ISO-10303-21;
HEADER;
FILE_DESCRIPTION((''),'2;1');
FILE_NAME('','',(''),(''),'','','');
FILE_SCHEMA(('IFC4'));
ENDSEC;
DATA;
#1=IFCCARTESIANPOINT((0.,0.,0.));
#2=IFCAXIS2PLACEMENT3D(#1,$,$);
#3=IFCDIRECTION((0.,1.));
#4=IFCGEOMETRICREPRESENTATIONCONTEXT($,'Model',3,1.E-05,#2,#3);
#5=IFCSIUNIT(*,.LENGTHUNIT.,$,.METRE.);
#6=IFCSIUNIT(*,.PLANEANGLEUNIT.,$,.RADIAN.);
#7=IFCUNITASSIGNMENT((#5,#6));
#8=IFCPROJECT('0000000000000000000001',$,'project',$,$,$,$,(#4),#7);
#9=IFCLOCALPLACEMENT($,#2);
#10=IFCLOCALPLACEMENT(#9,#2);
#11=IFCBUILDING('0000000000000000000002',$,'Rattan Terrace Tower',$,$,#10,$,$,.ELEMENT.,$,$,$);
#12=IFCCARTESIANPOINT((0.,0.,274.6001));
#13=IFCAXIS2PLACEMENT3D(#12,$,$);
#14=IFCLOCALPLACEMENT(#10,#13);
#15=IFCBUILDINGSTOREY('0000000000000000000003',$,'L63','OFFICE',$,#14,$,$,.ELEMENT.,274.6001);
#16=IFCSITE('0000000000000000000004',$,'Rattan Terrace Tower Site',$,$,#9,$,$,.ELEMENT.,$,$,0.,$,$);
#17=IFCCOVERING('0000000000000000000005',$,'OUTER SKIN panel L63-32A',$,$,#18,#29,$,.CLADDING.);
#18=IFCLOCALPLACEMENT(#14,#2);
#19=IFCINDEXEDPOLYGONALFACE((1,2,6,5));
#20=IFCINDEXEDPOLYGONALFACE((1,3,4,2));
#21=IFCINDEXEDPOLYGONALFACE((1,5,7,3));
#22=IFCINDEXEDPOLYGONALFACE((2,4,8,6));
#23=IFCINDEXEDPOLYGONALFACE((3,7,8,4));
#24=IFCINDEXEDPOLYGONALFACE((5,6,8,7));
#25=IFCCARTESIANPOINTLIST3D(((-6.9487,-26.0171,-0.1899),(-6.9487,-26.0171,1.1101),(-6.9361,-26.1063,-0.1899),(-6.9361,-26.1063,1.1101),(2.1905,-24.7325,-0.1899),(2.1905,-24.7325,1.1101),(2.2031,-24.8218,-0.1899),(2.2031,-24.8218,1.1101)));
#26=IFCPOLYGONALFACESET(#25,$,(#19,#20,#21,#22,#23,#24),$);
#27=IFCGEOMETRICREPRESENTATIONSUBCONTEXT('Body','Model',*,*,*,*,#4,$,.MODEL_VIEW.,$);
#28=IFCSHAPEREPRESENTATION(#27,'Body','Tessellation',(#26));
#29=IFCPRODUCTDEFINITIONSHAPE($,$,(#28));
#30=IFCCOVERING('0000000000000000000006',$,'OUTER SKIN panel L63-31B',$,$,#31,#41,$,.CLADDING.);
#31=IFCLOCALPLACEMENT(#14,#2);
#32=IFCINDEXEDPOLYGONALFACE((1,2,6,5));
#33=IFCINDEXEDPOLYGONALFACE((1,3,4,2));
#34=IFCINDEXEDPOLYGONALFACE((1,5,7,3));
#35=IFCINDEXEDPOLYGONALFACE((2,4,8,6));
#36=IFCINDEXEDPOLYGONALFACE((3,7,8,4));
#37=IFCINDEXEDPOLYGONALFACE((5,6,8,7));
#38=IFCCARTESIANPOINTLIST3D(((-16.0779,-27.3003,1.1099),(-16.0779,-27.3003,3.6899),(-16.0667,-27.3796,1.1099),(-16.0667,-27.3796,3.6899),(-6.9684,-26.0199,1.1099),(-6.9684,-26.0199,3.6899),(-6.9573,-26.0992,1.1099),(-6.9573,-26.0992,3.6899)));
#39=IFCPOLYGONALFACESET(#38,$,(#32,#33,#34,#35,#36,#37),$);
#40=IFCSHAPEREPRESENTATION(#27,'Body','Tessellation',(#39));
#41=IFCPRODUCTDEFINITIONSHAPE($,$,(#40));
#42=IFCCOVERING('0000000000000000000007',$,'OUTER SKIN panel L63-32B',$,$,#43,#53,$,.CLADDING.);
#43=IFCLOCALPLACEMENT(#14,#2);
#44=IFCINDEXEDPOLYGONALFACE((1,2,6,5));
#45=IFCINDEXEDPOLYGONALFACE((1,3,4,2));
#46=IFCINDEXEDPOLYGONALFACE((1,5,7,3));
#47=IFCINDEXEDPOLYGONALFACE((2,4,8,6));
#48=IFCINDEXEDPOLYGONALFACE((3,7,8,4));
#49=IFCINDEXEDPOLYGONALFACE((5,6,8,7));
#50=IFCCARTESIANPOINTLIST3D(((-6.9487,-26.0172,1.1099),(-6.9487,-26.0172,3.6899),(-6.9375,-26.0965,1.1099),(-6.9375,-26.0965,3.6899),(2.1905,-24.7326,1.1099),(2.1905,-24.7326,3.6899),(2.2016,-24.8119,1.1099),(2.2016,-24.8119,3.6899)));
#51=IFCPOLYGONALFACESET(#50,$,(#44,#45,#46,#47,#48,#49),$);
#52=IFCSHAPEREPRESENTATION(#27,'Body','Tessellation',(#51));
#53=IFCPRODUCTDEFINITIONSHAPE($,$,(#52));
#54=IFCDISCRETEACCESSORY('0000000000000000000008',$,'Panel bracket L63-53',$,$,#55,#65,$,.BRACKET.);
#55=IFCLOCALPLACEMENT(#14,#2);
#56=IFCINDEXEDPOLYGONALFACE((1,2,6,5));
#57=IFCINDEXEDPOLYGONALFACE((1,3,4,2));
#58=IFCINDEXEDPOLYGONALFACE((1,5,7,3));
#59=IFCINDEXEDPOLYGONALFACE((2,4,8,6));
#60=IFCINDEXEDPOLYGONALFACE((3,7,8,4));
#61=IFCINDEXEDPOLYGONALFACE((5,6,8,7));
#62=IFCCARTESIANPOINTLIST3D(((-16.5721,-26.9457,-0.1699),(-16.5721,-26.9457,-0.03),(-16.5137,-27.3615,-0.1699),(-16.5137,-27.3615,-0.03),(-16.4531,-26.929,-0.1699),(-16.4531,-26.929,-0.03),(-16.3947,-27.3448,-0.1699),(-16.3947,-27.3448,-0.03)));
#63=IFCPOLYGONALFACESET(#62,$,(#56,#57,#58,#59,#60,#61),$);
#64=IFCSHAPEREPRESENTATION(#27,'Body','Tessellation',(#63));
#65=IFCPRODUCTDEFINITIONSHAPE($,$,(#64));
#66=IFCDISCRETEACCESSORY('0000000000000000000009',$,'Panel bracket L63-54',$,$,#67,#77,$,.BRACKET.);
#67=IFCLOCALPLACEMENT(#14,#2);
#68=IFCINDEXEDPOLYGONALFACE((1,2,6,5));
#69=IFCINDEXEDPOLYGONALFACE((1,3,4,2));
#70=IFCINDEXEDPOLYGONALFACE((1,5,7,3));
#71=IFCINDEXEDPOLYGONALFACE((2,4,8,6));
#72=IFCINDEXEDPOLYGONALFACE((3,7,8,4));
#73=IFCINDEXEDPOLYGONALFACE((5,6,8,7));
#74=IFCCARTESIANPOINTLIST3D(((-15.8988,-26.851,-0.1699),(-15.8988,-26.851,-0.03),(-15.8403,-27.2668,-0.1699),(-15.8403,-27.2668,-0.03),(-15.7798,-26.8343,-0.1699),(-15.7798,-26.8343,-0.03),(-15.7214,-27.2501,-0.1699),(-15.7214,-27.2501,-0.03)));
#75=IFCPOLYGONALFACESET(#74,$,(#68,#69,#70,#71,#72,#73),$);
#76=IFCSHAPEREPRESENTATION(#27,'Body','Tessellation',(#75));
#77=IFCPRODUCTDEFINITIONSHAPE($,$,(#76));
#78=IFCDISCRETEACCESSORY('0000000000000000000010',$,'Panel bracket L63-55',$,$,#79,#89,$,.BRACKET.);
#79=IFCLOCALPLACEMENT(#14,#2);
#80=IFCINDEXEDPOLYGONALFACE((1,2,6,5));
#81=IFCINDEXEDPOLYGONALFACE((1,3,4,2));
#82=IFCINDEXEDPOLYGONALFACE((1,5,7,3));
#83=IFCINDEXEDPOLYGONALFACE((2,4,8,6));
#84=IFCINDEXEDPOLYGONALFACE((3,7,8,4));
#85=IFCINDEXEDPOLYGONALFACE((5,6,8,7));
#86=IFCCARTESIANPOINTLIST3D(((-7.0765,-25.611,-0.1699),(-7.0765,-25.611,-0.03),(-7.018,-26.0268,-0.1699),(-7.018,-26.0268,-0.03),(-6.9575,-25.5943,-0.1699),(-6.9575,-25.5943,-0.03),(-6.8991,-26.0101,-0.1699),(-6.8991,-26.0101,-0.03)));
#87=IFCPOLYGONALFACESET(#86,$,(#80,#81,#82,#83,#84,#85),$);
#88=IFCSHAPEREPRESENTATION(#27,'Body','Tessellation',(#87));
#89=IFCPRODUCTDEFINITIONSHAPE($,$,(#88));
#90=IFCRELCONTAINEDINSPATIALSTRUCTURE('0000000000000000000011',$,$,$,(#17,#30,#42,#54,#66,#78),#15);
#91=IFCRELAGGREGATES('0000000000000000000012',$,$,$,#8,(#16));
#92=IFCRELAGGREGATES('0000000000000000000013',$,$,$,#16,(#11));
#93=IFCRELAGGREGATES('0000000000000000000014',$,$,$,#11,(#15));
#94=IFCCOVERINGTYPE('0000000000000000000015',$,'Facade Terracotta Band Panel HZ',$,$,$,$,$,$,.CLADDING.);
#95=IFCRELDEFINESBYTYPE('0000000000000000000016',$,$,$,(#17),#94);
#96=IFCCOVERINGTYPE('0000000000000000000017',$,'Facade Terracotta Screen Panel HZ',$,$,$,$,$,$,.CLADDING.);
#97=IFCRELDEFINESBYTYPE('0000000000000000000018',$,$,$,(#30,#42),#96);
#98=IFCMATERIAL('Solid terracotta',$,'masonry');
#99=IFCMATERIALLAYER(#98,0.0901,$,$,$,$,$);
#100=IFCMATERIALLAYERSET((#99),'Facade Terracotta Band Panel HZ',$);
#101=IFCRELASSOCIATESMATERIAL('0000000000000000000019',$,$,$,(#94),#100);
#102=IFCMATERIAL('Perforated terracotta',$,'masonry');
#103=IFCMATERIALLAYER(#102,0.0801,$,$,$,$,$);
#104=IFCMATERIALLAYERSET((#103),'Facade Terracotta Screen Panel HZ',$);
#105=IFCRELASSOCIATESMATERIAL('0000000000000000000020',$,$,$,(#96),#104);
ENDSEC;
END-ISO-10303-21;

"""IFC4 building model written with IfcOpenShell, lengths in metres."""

from ifc_helpers import new_model, si_unit, direction, frame, origin, origin_2d, place, context, subcontext, project, spatial, rectangle, extrude, material, layer, layer_set, type_object, element, save


model = new_model("IFC4")

# Units and contexts
model_context = context("Model", 3, precision=1e-05, world=origin(), true_north=direction((0.0, 1.0)))
body_context = subcontext(model_context, "Body", "Model", "MODEL_VIEW")
ifc_project = project(units=[si_unit("LENGTHUNIT", "METRE"), si_unit("PLANEANGLEUNIT", "RADIAN")], contexts=[model_context])

# Site, building, storey
site_placement = place(None, origin())
site = spatial("IfcSite", under=ifc_project, at=site_placement, Name="Rattan Terrace Tower Site", CompositionType="ELEMENT", RefElevation=0.0)
building_placement = place(site_placement, origin())
building = spatial("IfcBuilding", under=site, at=building_placement, Name="Rattan Terrace Tower", CompositionType="ELEMENT")
storey_placement = place(building_placement, frame((0.0, 0.0, 274.6001)))
storey = spatial("IfcBuildingStorey", under=building, at=storey_placement, Name="L63", Description="OFFICE", CompositionType="ELEMENT", Elevation=274.6001)

# Coverings
ifc_material_1 = material(Name="Solid terracotta", Category="masonry")
ifc_layer_1 = layer(ifc_material_1, 0.0901)
ifc_layer_set_1 = layer_set([ifc_layer_1], Name="Facade Terracotta Band Panel HZ")
covering_type_1 = type_object("IfcCoveringType", Name="Facade Terracotta Band Panel HZ", PredefinedType="CLADDING", material=ifc_layer_set_1)
covering_1_placement = place(storey_placement, frame((-2.3728, -25.4194, -0.1899), z_axis=(0.0, 0.0, 1.0), x_axis=(0.990266, 0.139189, 0.0)))
element("IfcCovering", 1, at=covering_1_placement, inside=storey, type_object=covering_type_1, Name="OUTER SKIN panel L63-32A", PredefinedType="CLADDING", context=body_context, shape_type="SweptSolid", body=[
    extrude(rectangle(XDim=9.229, YDim=0.0901, at=origin_2d()), origin(), (0.0, 0.0, 1.0), 1.3),
])
ifc_material_2 = material(Name="Perforated terracotta", Category="masonry")
ifc_layer_2 = layer(ifc_material_2, 0.0801)
ifc_layer_set_2 = layer_set([ifc_layer_2], Name="Facade Terracotta Screen Panel HZ")
covering_type_2 = type_object("IfcCoveringType", Name="Facade Terracotta Screen Panel HZ", PredefinedType="CLADDING", material=ifc_layer_set_2)
covering_2_placement = place(storey_placement, frame((-11.5176, -26.6997, 1.1099), z_axis=(0.0, 0.0, 1.0), x_axis=(0.990266, 0.139189, 0.0)))
element("IfcCovering", 2, at=covering_2_placement, inside=storey, type_object=covering_type_2, Name="OUTER SKIN panel L63-31B", PredefinedType="CLADDING", context=body_context, shape_type="SweptSolid", body=[
    extrude(rectangle(XDim=9.199, YDim=0.0801, at=origin_2d()), origin(), (0.0, 0.0, 1.0), 2.5801),
])
covering_3_placement = place(storey_placement, frame((-2.3735, -25.4146, 1.1099), z_axis=(0.0, 0.0, 1.0), x_axis=(0.990266, 0.139189, 0.0)))
element("IfcCovering", 3, at=covering_3_placement, inside=storey, type_object=covering_type_2, Name="OUTER SKIN panel L63-32B", PredefinedType="CLADDING", context=body_context, shape_type="SweptSolid", body=[
    extrude(rectangle(XDim=9.229, YDim=0.0801, at=origin_2d()), origin(), (0.0, 0.0, 1.0), 2.5801),
])

# Discrete accessories
for number, where, z_axis, x_axis, name in (
    (4, (-16.4834, -27.1453, -0.1699), (0.0, 0.0, 1.0), (0.990287, 0.13904, 0.0), "Panel bracket L63-53"),
    (5, (-15.8101, -27.0505, -0.1699), (0.0, 0.0, 1.0), (0.990266, 0.139189, 0.0), "Panel bracket L63-54"),
    (6, (-6.9878, -25.8105, -0.1699), (0.0, 0.0, 1.0), (0.990266, 0.139189, 0.0), "Panel bracket L63-55"),
):
    element("IfcDiscreteAccessory", number, at=place(storey_placement, frame(where, z_axis=z_axis, x_axis=x_axis)), inside=storey, Name=name, PredefinedType="BRACKET", context=body_context, shape_type="SweptSolid", body=[
        extrude(rectangle(XDim=0.1201, YDim=0.4199, at=origin_2d()), origin(), (0.0, 0.0, 1.0), 0.1399),
    ])

save(model, "model.ifc")
